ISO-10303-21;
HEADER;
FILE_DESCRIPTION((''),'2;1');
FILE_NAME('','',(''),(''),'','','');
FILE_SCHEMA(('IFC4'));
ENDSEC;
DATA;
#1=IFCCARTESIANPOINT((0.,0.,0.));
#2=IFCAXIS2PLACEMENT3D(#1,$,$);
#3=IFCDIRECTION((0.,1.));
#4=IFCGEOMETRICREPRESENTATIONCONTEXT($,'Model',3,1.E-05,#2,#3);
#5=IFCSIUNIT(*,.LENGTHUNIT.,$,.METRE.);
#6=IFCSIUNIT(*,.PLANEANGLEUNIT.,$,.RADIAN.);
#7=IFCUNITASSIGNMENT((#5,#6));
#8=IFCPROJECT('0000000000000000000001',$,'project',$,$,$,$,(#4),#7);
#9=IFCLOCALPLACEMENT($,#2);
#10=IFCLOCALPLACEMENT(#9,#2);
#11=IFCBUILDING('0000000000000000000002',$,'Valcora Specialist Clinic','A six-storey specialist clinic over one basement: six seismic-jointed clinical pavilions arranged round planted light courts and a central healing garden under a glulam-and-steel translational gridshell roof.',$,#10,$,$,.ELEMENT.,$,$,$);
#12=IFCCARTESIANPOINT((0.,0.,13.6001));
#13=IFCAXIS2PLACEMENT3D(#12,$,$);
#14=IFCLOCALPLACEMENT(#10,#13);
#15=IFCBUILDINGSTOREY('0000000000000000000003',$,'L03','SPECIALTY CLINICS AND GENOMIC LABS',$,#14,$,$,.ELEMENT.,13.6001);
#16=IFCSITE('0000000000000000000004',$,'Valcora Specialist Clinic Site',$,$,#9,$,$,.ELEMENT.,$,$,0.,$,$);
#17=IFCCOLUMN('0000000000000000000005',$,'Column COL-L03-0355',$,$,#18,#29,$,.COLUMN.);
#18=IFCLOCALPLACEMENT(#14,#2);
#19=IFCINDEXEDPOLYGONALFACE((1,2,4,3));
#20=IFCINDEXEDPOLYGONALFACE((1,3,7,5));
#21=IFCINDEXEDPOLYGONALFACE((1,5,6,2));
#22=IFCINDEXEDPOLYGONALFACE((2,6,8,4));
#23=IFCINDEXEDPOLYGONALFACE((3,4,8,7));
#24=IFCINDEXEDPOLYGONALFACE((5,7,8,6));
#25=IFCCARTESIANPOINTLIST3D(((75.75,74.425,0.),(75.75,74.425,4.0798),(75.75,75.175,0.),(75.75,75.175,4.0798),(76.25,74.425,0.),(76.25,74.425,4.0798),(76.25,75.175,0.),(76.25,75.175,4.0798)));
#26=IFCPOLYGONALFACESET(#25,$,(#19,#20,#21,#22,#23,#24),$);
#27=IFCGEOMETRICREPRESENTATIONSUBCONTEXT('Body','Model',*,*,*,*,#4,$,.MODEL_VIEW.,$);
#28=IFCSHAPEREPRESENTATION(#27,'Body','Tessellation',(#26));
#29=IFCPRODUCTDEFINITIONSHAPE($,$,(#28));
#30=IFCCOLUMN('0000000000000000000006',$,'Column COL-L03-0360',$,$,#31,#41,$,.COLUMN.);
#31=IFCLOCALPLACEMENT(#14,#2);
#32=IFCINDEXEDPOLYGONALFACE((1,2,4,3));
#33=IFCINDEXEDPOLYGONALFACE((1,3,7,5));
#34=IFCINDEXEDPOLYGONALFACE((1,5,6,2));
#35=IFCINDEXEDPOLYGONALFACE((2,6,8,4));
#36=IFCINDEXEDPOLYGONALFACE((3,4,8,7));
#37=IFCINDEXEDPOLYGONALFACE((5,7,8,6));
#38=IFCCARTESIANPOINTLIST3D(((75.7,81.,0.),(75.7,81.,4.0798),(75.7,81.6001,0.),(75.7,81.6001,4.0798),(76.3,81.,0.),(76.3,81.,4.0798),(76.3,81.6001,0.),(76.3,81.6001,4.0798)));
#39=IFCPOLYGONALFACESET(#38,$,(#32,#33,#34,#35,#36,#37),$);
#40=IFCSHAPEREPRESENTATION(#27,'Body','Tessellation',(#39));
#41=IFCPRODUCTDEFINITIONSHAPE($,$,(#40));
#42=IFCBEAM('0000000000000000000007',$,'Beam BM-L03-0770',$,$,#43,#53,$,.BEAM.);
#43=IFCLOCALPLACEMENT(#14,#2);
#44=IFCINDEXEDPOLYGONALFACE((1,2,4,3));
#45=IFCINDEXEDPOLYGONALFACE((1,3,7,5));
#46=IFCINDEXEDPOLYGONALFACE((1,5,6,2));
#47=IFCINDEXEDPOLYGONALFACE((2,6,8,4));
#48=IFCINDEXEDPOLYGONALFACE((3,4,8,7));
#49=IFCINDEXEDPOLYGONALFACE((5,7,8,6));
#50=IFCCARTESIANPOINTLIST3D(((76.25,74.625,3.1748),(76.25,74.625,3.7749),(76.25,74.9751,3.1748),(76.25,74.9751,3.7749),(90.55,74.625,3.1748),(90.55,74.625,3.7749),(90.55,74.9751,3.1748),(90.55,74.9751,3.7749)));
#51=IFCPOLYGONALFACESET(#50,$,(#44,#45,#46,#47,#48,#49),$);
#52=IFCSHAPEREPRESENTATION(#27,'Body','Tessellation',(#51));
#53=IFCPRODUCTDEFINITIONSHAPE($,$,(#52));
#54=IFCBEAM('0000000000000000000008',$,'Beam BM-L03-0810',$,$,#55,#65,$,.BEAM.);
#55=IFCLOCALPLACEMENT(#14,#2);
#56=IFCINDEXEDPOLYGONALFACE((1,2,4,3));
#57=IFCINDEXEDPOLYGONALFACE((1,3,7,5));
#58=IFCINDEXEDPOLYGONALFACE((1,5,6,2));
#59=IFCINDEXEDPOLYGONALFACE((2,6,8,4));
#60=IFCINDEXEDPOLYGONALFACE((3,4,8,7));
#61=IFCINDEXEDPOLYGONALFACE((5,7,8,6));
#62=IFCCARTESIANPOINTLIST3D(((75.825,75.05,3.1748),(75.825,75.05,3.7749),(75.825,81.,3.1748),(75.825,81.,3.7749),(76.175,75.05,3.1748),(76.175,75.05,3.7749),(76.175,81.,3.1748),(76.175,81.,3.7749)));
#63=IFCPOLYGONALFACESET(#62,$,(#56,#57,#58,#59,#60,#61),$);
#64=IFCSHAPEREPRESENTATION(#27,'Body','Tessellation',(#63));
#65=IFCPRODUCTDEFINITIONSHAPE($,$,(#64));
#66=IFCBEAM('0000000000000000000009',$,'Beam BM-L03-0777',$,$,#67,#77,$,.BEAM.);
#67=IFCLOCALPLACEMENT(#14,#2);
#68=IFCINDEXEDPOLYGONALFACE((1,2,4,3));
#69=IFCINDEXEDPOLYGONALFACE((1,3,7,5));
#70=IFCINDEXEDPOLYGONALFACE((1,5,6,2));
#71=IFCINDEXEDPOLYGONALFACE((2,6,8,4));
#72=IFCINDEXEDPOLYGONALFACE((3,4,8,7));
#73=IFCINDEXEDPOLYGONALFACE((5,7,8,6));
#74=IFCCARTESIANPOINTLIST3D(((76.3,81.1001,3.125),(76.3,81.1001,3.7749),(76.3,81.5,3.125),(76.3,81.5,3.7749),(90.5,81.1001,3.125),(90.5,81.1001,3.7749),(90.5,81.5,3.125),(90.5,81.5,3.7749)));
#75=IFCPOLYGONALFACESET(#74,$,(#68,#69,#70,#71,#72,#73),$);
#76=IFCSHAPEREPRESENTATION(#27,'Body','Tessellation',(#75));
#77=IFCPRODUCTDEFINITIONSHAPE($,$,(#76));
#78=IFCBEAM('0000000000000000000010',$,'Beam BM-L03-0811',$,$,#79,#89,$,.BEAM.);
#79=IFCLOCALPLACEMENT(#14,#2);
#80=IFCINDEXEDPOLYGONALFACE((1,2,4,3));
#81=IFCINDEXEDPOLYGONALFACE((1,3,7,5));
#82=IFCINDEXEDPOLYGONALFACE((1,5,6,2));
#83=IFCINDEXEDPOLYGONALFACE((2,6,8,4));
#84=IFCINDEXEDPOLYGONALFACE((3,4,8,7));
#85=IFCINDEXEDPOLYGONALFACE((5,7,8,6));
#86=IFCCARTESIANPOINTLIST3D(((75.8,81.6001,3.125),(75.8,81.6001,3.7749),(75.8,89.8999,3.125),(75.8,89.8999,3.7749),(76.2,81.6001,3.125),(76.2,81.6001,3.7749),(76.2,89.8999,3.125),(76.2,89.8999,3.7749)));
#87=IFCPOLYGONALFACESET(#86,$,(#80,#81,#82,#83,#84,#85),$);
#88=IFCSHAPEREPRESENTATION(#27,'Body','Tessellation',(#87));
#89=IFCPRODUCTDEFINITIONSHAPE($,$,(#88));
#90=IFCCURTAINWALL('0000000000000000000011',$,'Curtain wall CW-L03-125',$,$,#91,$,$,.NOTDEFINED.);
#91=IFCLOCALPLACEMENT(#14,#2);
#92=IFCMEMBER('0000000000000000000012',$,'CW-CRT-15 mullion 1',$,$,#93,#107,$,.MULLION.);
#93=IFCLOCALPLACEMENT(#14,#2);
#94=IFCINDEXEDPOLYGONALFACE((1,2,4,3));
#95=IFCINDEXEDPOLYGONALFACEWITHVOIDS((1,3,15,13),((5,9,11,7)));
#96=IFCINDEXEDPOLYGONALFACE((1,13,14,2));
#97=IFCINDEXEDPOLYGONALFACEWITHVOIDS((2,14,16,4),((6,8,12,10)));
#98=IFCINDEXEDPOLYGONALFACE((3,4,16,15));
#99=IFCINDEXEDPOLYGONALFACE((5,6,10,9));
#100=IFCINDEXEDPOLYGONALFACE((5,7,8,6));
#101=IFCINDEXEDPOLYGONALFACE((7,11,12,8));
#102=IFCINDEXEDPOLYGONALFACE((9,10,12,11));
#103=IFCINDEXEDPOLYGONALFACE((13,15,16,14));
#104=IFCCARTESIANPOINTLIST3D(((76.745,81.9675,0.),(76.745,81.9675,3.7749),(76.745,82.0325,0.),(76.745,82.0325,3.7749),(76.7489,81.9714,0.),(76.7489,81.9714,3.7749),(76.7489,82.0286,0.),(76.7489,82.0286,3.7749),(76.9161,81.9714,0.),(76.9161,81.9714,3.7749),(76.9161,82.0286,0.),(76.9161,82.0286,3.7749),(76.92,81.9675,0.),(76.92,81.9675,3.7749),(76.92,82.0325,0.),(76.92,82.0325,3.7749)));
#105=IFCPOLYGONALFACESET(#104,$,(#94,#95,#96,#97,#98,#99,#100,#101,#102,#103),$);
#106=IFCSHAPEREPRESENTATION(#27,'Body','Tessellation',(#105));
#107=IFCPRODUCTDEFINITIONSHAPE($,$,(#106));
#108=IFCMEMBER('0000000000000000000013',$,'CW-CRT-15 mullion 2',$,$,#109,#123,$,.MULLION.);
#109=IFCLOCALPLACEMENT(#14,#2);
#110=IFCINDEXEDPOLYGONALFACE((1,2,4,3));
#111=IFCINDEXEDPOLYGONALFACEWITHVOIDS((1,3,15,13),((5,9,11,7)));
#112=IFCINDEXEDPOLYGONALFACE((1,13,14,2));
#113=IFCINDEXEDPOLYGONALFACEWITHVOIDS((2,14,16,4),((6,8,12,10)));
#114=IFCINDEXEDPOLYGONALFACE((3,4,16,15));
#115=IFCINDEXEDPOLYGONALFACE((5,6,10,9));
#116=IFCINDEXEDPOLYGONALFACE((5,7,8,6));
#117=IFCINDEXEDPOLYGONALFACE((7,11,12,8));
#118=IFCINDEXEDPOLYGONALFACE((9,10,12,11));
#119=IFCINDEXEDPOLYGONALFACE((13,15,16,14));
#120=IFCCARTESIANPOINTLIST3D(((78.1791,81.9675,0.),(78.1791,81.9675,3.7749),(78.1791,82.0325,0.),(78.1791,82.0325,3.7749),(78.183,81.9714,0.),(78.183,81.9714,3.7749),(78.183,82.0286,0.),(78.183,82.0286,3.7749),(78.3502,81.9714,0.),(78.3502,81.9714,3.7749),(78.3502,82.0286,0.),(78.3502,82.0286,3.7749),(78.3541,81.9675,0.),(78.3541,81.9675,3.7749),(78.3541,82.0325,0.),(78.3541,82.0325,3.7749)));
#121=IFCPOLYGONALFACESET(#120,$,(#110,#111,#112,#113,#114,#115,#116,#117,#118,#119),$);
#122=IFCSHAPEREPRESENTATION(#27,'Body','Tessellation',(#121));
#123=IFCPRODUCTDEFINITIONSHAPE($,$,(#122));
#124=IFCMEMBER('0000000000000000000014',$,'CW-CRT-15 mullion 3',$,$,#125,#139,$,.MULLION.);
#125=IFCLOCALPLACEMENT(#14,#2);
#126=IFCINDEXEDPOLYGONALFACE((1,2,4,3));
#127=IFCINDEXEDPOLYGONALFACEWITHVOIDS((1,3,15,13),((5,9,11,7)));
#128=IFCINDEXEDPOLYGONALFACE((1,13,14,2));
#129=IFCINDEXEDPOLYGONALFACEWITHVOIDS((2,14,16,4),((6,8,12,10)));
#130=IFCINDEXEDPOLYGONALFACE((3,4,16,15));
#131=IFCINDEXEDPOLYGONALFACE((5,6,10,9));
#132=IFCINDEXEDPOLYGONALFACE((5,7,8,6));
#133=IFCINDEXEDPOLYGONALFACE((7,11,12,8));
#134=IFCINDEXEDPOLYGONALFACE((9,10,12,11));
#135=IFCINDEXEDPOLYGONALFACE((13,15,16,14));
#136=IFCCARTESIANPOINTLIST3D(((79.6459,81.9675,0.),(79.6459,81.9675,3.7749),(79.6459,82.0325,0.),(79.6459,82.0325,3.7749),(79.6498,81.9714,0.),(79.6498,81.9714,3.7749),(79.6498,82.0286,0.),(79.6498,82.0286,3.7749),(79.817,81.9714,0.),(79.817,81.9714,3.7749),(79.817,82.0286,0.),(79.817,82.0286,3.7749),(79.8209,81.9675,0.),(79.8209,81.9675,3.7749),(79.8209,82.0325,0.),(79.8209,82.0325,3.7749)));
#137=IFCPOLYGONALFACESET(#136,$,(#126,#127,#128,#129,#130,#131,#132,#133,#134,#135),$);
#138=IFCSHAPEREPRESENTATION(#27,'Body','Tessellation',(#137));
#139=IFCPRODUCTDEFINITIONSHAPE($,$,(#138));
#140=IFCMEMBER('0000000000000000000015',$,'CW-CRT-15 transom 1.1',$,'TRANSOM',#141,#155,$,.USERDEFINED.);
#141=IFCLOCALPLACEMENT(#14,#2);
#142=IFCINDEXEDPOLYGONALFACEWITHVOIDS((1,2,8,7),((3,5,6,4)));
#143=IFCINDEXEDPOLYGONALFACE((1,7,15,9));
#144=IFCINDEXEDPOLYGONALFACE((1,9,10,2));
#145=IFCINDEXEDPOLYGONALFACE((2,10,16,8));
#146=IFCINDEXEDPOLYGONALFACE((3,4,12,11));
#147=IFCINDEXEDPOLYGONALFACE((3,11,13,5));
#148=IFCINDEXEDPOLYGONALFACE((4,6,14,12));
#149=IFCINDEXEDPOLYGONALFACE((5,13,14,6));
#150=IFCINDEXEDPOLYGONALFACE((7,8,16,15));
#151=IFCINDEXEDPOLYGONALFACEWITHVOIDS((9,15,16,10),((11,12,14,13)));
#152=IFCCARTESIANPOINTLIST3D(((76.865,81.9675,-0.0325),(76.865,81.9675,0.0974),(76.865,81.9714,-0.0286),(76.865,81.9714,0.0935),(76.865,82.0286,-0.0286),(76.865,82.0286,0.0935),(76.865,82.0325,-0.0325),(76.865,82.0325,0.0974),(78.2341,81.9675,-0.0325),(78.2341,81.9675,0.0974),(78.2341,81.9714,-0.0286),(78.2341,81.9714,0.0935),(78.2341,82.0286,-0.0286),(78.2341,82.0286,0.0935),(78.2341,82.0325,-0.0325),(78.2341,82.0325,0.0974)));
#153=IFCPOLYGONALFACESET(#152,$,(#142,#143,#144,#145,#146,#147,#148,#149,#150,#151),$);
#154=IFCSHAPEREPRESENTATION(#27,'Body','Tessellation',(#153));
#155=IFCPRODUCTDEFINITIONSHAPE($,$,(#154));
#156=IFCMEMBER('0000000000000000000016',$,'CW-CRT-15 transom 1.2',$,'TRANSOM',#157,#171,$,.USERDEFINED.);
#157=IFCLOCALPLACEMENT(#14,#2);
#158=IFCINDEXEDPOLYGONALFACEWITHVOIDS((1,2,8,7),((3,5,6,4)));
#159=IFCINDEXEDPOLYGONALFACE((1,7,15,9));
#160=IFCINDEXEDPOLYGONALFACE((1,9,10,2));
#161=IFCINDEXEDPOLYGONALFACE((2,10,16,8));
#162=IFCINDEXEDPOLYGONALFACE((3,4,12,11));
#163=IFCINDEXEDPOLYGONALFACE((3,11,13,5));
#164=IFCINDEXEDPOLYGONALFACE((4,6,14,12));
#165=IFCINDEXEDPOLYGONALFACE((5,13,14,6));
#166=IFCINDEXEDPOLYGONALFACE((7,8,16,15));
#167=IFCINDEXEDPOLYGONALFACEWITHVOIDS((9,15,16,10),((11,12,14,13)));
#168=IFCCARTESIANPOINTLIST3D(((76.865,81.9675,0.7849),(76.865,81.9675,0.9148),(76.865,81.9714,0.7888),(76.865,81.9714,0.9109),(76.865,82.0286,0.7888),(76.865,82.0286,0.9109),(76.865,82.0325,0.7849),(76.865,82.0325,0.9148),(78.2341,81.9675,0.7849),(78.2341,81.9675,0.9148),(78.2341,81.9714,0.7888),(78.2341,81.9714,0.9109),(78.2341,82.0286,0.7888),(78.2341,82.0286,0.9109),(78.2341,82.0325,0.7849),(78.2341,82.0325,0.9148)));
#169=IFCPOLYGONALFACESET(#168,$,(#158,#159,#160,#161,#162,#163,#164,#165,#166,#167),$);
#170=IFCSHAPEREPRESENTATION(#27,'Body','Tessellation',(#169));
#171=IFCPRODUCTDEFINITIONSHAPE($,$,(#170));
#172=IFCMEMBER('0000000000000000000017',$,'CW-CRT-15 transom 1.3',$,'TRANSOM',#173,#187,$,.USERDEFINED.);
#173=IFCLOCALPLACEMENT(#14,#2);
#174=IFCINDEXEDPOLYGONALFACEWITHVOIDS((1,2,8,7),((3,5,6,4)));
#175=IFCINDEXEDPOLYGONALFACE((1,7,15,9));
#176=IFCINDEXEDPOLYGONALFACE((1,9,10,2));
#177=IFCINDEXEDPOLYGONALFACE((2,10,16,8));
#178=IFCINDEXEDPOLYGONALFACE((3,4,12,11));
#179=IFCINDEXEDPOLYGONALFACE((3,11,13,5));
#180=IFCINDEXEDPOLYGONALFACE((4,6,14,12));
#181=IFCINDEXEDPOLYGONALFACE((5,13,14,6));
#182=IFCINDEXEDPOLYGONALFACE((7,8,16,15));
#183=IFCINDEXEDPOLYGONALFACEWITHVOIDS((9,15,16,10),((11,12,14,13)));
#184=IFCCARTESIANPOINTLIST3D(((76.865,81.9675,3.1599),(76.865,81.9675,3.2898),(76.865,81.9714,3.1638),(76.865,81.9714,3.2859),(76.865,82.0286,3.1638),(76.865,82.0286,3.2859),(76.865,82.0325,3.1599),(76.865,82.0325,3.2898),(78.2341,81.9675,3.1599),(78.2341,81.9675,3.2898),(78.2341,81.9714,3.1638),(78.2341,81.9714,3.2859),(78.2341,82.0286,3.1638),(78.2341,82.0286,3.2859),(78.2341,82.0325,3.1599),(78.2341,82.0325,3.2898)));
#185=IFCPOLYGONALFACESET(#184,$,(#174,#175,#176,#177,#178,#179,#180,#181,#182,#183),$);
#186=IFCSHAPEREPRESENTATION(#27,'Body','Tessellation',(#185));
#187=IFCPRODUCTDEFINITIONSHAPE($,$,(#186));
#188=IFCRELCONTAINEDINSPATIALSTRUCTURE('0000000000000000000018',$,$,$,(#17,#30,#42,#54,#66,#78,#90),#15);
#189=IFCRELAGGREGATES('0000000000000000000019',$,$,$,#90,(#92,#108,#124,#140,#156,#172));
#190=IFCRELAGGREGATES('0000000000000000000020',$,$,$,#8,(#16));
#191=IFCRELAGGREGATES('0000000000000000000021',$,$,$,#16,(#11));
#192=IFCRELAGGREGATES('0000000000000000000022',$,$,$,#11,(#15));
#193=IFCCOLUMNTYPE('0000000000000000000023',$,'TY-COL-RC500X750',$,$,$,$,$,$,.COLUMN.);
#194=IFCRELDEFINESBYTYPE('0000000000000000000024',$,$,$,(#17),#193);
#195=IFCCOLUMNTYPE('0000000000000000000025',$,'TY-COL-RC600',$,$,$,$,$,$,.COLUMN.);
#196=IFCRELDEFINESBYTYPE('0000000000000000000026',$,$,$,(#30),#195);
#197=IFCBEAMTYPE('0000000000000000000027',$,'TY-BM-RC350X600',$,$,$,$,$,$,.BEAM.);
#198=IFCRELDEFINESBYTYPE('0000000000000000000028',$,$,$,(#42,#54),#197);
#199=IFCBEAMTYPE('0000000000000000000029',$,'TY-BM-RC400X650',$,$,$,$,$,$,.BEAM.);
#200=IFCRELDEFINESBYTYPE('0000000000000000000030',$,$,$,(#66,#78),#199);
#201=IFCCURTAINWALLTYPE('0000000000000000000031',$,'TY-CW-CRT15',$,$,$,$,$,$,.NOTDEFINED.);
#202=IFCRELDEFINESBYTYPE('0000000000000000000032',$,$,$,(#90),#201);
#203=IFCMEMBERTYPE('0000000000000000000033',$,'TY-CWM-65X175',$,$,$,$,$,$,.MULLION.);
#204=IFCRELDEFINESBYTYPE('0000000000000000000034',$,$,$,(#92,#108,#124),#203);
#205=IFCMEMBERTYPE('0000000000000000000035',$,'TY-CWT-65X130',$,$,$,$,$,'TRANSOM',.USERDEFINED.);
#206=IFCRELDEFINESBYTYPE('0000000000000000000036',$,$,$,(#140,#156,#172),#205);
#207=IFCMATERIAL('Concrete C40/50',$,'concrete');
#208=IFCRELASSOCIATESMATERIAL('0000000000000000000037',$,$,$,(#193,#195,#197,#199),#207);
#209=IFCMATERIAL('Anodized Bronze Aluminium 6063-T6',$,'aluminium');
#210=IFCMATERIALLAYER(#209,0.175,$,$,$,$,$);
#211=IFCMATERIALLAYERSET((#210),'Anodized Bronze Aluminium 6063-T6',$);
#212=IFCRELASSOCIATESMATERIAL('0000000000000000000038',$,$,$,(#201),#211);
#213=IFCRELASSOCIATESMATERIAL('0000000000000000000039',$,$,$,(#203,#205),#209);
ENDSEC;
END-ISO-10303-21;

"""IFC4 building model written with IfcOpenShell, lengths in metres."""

from ifc_helpers import new_model, si_unit, direction, frame, origin, origin_2d, place, context, subcontext, project, spatial, rectangle, hollow_rectangle, extrude, material, layer, layer_set, material_profile, profile_set, type_object, element, aggregate, save


model = new_model("IFC4")

# Units and contexts
model_context = context("Model", 3, precision=1e-05, world=origin(), true_north=direction((0.0, 1.0)))
body_context = subcontext(model_context, "Body", "Model", "MODEL_VIEW")
ifc_project = project(units=[si_unit("LENGTHUNIT", "METRE"), si_unit("PLANEANGLEUNIT", "RADIAN")], contexts=[model_context])

# Site, building, storey
site_placement = place(None, origin())
site = spatial("IfcSite", under=ifc_project, at=site_placement, Name="Valcora Specialist Clinic Site", CompositionType="ELEMENT", RefElevation=0.0)
building_placement = place(site_placement, origin())
building = spatial("IfcBuilding", under=site, at=building_placement, Name="Valcora Specialist Clinic", Description="A six-storey specialist clinic over one basement: six seismic-jointed clinical pavilions arranged round planted light courts and a central healing garden under a glulam-and-steel translational gridshell roof.", CompositionType="ELEMENT")
storey_placement = place(building_placement, frame((0.0, 0.0, 13.6001)))
storey = spatial("IfcBuildingStorey", under=building, at=storey_placement, Name="L03", Description="SPECIALTY CLINICS AND GENOMIC LABS", CompositionType="ELEMENT", Elevation=13.6001)

# Columns
ifc_material_1 = material(Name="Concrete C40/50", Category="concrete")
ifc_material_profile_1 = material_profile(ifc_material_1, rectangle(XDim=0.5, YDim=0.75, at=origin_2d()), Name="RC-COL-500X750")
ifc_profile_set_1 = profile_set([ifc_material_profile_1], Name="Concrete C40/50")
column_type_1 = type_object("IfcColumnType", Name="TY-COL-RC500X750", PredefinedType="COLUMN", material=ifc_profile_set_1)
column_1_placement = place(storey_placement, frame((76.0, 74.8, 0.0), z_axis=(0.0, 0.0, 1.0), x_axis=(1.0, 0.0, 0.0)))
element("IfcColumn", 1, at=column_1_placement, inside=storey, type_object=column_type_1, Name="Column COL-L03-0355", PredefinedType="COLUMN", context=body_context, shape_type="SweptSolid", body=[
    extrude(rectangle(XDim=0.5, YDim=0.75, at=origin_2d()), origin(), (0.0, 0.0, 1.0), 4.0798),
])
ifc_material_profile_2 = material_profile(ifc_material_1, rectangle(XDim=0.6001, YDim=0.6001, at=origin_2d()), Name="RC-COL-600X600")
ifc_profile_set_2 = profile_set([ifc_material_profile_2], Name="Concrete C40/50")
column_type_2 = type_object("IfcColumnType", Name="TY-COL-RC600", PredefinedType="COLUMN", material=ifc_profile_set_2)
column_2_placement = place(storey_placement, frame((76.0, 81.3, 0.0), z_axis=(0.0, 0.0, 1.0), x_axis=(1.0, 0.0, 0.0)))
element("IfcColumn", 2, at=column_2_placement, inside=storey, type_object=column_type_2, Name="Column COL-L03-0360", PredefinedType="COLUMN", context=body_context, shape_type="SweptSolid", body=[
    extrude(rectangle(XDim=0.6001, YDim=0.6001, at=origin_2d()), origin(), (0.0, 0.0, 1.0), 4.0798),
])

# Beams
ifc_material_profile_3 = material_profile(ifc_material_1, rectangle(XDim=0.3501, YDim=0.6001, at=origin_2d()), Name="RC-BM-350X600")
ifc_profile_set_3 = profile_set([ifc_material_profile_3], Name="Concrete C40/50")
beam_type_1 = type_object("IfcBeamType", Name="TY-BM-RC350X600", PredefinedType="BEAM", material=ifc_profile_set_3)
beam_1_placement = place(storey_placement, frame((76.25, 74.8, 3.4749), z_axis=(1.0, 0.0, 0.0), x_axis=(0.0, 1.0, 0.0)))
element("IfcBeam", 3, at=beam_1_placement, inside=storey, type_object=beam_type_1, Name="Beam BM-L03-0770", PredefinedType="BEAM", context=body_context, shape_type="SweptSolid", body=[
    extrude(rectangle(XDim=0.3501, YDim=0.6001, at=origin_2d()), origin(), (0.0, 0.0, 1.0), 14.3),
])
beam_2_placement = place(storey_placement, frame((76.0, 75.05, 3.4749), z_axis=(0.0, 1.0, 0.0), x_axis=(-1.0, 0.0, 0.0)))
element("IfcBeam", 4, at=beam_2_placement, inside=storey, type_object=beam_type_1, Name="Beam BM-L03-0810", PredefinedType="BEAM", context=body_context, shape_type="SweptSolid", body=[
    extrude(rectangle(XDim=0.3501, YDim=0.6001, at=origin_2d()), origin(), (0.0, 0.0, 1.0), 5.95),
])
ifc_material_profile_4 = material_profile(ifc_material_1, rectangle(XDim=0.3999, YDim=0.6499, at=origin_2d()), Name="RC-BM-400X650")
ifc_profile_set_4 = profile_set([ifc_material_profile_4], Name="Concrete C40/50")
beam_type_2 = type_object("IfcBeamType", Name="TY-BM-RC400X650", PredefinedType="BEAM", material=ifc_profile_set_4)
beam_3_placement = place(storey_placement, frame((76.3, 81.3, 3.45), z_axis=(1.0, 0.0, 0.0), x_axis=(0.0, 1.0, 0.0)))
element("IfcBeam", 5, at=beam_3_placement, inside=storey, type_object=beam_type_2, Name="Beam BM-L03-0777", PredefinedType="BEAM", context=body_context, shape_type="SweptSolid", body=[
    extrude(rectangle(XDim=0.3999, YDim=0.6499, at=origin_2d()), origin(), (0.0, 0.0, 1.0), 14.2),
])
beam_4_placement = place(storey_placement, frame((76.0, 81.6001, 3.45), z_axis=(0.0, 1.0, 0.0), x_axis=(-1.0, 0.0, 0.0)))
element("IfcBeam", 6, at=beam_4_placement, inside=storey, type_object=beam_type_2, Name="Beam BM-L03-0811", PredefinedType="BEAM", context=body_context, shape_type="SweptSolid", body=[
    extrude(rectangle(XDim=0.3999, YDim=0.6499, at=origin_2d()), origin(), (0.0, 0.0, 1.0), 8.2998),
])

# Curtain wall, members
ifc_material_2 = material(Name="Anodized Bronze Aluminium 6063-T6", Category="aluminium")
ifc_layer_1 = layer(ifc_material_2, 0.175)
ifc_layer_set_1 = layer_set([ifc_layer_1], Name="Anodized Bronze Aluminium 6063-T6")
curtain_wall_type = type_object("IfcCurtainWallType", Name="TY-CW-CRT15", PredefinedType="NOTDEFINED", material=ifc_layer_set_1)
curtain_wall_placement = place(storey_placement, origin())
curtain_wall = element("IfcCurtainWall", 7, at=curtain_wall_placement, inside=storey, type_object=curtain_wall_type, Name="Curtain wall CW-L03-125", PredefinedType="NOTDEFINED")
ifc_material_profile_5 = material_profile(ifc_material_2, hollow_rectangle(XDim=0.0649, YDim=0.175, WallThickness=0.0039, at=origin_2d()), Name="AL-MUL-65X175")
ifc_profile_set_5 = profile_set([ifc_material_profile_5], Name="Anodized Bronze Aluminium 6063-T6")
member_type_1 = type_object("IfcMemberType", Name="TY-CWM-65X175", PredefinedType="MULLION", material=ifc_profile_set_5)
member_1_placement = place(storey_placement, frame((76.8325, 82.0, 0.0), z_axis=(0.0, 0.0, 1.0), x_axis=(0.0, 1.0, 0.0)))
member_1 = element("IfcMember", 8, at=member_1_placement, type_object=member_type_1, Name="CW-CRT-15 mullion 1", PredefinedType="MULLION", context=body_context, shape_type="SweptSolid", body=[
    extrude(hollow_rectangle(XDim=0.0649, YDim=0.175, WallThickness=0.0039, at=origin_2d()), origin(), (0.0, 0.0, 1.0), 3.7749),
])
member_2_placement = place(storey_placement, frame((78.2666, 82.0, 0.0), z_axis=(0.0, 0.0, 1.0), x_axis=(0.0, 1.0, 0.0)))
member_2 = element("IfcMember", 9, at=member_2_placement, type_object=member_type_1, Name="CW-CRT-15 mullion 2", PredefinedType="MULLION", context=body_context, shape_type="SweptSolid", body=[
    extrude(hollow_rectangle(XDim=0.0649, YDim=0.175, WallThickness=0.0039, at=origin_2d()), origin(), (0.0, 0.0, 1.0), 3.7749),
])
member_3_placement = place(storey_placement, frame((79.7334, 82.0, 0.0), z_axis=(0.0, 0.0, 1.0), x_axis=(0.0, 1.0, 0.0)))
member_3 = element("IfcMember", 10, at=member_3_placement, type_object=member_type_1, Name="CW-CRT-15 mullion 3", PredefinedType="MULLION", context=body_context, shape_type="SweptSolid", body=[
    extrude(hollow_rectangle(XDim=0.0649, YDim=0.175, WallThickness=0.0039, at=origin_2d()), origin(), (0.0, 0.0, 1.0), 3.7749),
])
ifc_material_profile_6 = material_profile(ifc_material_2, hollow_rectangle(XDim=0.0649, YDim=0.1299, WallThickness=0.0039, at=origin_2d()), Name="AL-TRN-65X130")
ifc_profile_set_6 = profile_set([ifc_material_profile_6], Name="Anodized Bronze Aluminium 6063-T6")
member_type_2 = type_object("IfcMemberType", Name="TY-CWT-65X130", ElementType="TRANSOM", PredefinedType="USERDEFINED", material=ifc_profile_set_6)
member_4_placement = place(storey_placement, frame((76.865, 82.0, 0.0325), z_axis=(1.0, 0.0, 0.0), x_axis=(0.0, 1.0, 0.0)))
member_4 = element("IfcMember", 11, at=member_4_placement, type_object=member_type_2, Name="CW-CRT-15 transom 1.1", ObjectType="TRANSOM", PredefinedType="USERDEFINED", context=body_context, shape_type="SweptSolid", body=[
    extrude(hollow_rectangle(XDim=0.0649, YDim=0.1299, WallThickness=0.0039, at=origin_2d()), origin(), (0.0, 0.0, 1.0), 1.3691),
])
member_5_placement = place(storey_placement, frame((76.865, 82.0, 0.8499), z_axis=(1.0, 0.0, 0.0), x_axis=(0.0, 1.0, 0.0)))
member_5 = element("IfcMember", 12, at=member_5_placement, type_object=member_type_2, Name="CW-CRT-15 transom 1.2", ObjectType="TRANSOM", PredefinedType="USERDEFINED", context=body_context, shape_type="SweptSolid", body=[
    extrude(hollow_rectangle(XDim=0.0649, YDim=0.1299, WallThickness=0.0039, at=origin_2d()), origin(), (0.0, 0.0, 1.0), 1.3691),
])
member_6_placement = place(storey_placement, frame((76.865, 82.0, 3.2249), z_axis=(1.0, 0.0, 0.0), x_axis=(0.0, 1.0, 0.0)))
member_6 = element("IfcMember", 13, at=member_6_placement, type_object=member_type_2, Name="CW-CRT-15 transom 1.3", ObjectType="TRANSOM", PredefinedType="USERDEFINED", context=body_context, shape_type="SweptSolid", body=[
    extrude(hollow_rectangle(XDim=0.0649, YDim=0.1299, WallThickness=0.0039, at=origin_2d()), origin(), (0.0, 0.0, 1.0), 1.3691),
])
aggregate(curtain_wall, [member_1, member_2, member_3, member_4, member_5, member_6])

save(model, "model.ifc")
